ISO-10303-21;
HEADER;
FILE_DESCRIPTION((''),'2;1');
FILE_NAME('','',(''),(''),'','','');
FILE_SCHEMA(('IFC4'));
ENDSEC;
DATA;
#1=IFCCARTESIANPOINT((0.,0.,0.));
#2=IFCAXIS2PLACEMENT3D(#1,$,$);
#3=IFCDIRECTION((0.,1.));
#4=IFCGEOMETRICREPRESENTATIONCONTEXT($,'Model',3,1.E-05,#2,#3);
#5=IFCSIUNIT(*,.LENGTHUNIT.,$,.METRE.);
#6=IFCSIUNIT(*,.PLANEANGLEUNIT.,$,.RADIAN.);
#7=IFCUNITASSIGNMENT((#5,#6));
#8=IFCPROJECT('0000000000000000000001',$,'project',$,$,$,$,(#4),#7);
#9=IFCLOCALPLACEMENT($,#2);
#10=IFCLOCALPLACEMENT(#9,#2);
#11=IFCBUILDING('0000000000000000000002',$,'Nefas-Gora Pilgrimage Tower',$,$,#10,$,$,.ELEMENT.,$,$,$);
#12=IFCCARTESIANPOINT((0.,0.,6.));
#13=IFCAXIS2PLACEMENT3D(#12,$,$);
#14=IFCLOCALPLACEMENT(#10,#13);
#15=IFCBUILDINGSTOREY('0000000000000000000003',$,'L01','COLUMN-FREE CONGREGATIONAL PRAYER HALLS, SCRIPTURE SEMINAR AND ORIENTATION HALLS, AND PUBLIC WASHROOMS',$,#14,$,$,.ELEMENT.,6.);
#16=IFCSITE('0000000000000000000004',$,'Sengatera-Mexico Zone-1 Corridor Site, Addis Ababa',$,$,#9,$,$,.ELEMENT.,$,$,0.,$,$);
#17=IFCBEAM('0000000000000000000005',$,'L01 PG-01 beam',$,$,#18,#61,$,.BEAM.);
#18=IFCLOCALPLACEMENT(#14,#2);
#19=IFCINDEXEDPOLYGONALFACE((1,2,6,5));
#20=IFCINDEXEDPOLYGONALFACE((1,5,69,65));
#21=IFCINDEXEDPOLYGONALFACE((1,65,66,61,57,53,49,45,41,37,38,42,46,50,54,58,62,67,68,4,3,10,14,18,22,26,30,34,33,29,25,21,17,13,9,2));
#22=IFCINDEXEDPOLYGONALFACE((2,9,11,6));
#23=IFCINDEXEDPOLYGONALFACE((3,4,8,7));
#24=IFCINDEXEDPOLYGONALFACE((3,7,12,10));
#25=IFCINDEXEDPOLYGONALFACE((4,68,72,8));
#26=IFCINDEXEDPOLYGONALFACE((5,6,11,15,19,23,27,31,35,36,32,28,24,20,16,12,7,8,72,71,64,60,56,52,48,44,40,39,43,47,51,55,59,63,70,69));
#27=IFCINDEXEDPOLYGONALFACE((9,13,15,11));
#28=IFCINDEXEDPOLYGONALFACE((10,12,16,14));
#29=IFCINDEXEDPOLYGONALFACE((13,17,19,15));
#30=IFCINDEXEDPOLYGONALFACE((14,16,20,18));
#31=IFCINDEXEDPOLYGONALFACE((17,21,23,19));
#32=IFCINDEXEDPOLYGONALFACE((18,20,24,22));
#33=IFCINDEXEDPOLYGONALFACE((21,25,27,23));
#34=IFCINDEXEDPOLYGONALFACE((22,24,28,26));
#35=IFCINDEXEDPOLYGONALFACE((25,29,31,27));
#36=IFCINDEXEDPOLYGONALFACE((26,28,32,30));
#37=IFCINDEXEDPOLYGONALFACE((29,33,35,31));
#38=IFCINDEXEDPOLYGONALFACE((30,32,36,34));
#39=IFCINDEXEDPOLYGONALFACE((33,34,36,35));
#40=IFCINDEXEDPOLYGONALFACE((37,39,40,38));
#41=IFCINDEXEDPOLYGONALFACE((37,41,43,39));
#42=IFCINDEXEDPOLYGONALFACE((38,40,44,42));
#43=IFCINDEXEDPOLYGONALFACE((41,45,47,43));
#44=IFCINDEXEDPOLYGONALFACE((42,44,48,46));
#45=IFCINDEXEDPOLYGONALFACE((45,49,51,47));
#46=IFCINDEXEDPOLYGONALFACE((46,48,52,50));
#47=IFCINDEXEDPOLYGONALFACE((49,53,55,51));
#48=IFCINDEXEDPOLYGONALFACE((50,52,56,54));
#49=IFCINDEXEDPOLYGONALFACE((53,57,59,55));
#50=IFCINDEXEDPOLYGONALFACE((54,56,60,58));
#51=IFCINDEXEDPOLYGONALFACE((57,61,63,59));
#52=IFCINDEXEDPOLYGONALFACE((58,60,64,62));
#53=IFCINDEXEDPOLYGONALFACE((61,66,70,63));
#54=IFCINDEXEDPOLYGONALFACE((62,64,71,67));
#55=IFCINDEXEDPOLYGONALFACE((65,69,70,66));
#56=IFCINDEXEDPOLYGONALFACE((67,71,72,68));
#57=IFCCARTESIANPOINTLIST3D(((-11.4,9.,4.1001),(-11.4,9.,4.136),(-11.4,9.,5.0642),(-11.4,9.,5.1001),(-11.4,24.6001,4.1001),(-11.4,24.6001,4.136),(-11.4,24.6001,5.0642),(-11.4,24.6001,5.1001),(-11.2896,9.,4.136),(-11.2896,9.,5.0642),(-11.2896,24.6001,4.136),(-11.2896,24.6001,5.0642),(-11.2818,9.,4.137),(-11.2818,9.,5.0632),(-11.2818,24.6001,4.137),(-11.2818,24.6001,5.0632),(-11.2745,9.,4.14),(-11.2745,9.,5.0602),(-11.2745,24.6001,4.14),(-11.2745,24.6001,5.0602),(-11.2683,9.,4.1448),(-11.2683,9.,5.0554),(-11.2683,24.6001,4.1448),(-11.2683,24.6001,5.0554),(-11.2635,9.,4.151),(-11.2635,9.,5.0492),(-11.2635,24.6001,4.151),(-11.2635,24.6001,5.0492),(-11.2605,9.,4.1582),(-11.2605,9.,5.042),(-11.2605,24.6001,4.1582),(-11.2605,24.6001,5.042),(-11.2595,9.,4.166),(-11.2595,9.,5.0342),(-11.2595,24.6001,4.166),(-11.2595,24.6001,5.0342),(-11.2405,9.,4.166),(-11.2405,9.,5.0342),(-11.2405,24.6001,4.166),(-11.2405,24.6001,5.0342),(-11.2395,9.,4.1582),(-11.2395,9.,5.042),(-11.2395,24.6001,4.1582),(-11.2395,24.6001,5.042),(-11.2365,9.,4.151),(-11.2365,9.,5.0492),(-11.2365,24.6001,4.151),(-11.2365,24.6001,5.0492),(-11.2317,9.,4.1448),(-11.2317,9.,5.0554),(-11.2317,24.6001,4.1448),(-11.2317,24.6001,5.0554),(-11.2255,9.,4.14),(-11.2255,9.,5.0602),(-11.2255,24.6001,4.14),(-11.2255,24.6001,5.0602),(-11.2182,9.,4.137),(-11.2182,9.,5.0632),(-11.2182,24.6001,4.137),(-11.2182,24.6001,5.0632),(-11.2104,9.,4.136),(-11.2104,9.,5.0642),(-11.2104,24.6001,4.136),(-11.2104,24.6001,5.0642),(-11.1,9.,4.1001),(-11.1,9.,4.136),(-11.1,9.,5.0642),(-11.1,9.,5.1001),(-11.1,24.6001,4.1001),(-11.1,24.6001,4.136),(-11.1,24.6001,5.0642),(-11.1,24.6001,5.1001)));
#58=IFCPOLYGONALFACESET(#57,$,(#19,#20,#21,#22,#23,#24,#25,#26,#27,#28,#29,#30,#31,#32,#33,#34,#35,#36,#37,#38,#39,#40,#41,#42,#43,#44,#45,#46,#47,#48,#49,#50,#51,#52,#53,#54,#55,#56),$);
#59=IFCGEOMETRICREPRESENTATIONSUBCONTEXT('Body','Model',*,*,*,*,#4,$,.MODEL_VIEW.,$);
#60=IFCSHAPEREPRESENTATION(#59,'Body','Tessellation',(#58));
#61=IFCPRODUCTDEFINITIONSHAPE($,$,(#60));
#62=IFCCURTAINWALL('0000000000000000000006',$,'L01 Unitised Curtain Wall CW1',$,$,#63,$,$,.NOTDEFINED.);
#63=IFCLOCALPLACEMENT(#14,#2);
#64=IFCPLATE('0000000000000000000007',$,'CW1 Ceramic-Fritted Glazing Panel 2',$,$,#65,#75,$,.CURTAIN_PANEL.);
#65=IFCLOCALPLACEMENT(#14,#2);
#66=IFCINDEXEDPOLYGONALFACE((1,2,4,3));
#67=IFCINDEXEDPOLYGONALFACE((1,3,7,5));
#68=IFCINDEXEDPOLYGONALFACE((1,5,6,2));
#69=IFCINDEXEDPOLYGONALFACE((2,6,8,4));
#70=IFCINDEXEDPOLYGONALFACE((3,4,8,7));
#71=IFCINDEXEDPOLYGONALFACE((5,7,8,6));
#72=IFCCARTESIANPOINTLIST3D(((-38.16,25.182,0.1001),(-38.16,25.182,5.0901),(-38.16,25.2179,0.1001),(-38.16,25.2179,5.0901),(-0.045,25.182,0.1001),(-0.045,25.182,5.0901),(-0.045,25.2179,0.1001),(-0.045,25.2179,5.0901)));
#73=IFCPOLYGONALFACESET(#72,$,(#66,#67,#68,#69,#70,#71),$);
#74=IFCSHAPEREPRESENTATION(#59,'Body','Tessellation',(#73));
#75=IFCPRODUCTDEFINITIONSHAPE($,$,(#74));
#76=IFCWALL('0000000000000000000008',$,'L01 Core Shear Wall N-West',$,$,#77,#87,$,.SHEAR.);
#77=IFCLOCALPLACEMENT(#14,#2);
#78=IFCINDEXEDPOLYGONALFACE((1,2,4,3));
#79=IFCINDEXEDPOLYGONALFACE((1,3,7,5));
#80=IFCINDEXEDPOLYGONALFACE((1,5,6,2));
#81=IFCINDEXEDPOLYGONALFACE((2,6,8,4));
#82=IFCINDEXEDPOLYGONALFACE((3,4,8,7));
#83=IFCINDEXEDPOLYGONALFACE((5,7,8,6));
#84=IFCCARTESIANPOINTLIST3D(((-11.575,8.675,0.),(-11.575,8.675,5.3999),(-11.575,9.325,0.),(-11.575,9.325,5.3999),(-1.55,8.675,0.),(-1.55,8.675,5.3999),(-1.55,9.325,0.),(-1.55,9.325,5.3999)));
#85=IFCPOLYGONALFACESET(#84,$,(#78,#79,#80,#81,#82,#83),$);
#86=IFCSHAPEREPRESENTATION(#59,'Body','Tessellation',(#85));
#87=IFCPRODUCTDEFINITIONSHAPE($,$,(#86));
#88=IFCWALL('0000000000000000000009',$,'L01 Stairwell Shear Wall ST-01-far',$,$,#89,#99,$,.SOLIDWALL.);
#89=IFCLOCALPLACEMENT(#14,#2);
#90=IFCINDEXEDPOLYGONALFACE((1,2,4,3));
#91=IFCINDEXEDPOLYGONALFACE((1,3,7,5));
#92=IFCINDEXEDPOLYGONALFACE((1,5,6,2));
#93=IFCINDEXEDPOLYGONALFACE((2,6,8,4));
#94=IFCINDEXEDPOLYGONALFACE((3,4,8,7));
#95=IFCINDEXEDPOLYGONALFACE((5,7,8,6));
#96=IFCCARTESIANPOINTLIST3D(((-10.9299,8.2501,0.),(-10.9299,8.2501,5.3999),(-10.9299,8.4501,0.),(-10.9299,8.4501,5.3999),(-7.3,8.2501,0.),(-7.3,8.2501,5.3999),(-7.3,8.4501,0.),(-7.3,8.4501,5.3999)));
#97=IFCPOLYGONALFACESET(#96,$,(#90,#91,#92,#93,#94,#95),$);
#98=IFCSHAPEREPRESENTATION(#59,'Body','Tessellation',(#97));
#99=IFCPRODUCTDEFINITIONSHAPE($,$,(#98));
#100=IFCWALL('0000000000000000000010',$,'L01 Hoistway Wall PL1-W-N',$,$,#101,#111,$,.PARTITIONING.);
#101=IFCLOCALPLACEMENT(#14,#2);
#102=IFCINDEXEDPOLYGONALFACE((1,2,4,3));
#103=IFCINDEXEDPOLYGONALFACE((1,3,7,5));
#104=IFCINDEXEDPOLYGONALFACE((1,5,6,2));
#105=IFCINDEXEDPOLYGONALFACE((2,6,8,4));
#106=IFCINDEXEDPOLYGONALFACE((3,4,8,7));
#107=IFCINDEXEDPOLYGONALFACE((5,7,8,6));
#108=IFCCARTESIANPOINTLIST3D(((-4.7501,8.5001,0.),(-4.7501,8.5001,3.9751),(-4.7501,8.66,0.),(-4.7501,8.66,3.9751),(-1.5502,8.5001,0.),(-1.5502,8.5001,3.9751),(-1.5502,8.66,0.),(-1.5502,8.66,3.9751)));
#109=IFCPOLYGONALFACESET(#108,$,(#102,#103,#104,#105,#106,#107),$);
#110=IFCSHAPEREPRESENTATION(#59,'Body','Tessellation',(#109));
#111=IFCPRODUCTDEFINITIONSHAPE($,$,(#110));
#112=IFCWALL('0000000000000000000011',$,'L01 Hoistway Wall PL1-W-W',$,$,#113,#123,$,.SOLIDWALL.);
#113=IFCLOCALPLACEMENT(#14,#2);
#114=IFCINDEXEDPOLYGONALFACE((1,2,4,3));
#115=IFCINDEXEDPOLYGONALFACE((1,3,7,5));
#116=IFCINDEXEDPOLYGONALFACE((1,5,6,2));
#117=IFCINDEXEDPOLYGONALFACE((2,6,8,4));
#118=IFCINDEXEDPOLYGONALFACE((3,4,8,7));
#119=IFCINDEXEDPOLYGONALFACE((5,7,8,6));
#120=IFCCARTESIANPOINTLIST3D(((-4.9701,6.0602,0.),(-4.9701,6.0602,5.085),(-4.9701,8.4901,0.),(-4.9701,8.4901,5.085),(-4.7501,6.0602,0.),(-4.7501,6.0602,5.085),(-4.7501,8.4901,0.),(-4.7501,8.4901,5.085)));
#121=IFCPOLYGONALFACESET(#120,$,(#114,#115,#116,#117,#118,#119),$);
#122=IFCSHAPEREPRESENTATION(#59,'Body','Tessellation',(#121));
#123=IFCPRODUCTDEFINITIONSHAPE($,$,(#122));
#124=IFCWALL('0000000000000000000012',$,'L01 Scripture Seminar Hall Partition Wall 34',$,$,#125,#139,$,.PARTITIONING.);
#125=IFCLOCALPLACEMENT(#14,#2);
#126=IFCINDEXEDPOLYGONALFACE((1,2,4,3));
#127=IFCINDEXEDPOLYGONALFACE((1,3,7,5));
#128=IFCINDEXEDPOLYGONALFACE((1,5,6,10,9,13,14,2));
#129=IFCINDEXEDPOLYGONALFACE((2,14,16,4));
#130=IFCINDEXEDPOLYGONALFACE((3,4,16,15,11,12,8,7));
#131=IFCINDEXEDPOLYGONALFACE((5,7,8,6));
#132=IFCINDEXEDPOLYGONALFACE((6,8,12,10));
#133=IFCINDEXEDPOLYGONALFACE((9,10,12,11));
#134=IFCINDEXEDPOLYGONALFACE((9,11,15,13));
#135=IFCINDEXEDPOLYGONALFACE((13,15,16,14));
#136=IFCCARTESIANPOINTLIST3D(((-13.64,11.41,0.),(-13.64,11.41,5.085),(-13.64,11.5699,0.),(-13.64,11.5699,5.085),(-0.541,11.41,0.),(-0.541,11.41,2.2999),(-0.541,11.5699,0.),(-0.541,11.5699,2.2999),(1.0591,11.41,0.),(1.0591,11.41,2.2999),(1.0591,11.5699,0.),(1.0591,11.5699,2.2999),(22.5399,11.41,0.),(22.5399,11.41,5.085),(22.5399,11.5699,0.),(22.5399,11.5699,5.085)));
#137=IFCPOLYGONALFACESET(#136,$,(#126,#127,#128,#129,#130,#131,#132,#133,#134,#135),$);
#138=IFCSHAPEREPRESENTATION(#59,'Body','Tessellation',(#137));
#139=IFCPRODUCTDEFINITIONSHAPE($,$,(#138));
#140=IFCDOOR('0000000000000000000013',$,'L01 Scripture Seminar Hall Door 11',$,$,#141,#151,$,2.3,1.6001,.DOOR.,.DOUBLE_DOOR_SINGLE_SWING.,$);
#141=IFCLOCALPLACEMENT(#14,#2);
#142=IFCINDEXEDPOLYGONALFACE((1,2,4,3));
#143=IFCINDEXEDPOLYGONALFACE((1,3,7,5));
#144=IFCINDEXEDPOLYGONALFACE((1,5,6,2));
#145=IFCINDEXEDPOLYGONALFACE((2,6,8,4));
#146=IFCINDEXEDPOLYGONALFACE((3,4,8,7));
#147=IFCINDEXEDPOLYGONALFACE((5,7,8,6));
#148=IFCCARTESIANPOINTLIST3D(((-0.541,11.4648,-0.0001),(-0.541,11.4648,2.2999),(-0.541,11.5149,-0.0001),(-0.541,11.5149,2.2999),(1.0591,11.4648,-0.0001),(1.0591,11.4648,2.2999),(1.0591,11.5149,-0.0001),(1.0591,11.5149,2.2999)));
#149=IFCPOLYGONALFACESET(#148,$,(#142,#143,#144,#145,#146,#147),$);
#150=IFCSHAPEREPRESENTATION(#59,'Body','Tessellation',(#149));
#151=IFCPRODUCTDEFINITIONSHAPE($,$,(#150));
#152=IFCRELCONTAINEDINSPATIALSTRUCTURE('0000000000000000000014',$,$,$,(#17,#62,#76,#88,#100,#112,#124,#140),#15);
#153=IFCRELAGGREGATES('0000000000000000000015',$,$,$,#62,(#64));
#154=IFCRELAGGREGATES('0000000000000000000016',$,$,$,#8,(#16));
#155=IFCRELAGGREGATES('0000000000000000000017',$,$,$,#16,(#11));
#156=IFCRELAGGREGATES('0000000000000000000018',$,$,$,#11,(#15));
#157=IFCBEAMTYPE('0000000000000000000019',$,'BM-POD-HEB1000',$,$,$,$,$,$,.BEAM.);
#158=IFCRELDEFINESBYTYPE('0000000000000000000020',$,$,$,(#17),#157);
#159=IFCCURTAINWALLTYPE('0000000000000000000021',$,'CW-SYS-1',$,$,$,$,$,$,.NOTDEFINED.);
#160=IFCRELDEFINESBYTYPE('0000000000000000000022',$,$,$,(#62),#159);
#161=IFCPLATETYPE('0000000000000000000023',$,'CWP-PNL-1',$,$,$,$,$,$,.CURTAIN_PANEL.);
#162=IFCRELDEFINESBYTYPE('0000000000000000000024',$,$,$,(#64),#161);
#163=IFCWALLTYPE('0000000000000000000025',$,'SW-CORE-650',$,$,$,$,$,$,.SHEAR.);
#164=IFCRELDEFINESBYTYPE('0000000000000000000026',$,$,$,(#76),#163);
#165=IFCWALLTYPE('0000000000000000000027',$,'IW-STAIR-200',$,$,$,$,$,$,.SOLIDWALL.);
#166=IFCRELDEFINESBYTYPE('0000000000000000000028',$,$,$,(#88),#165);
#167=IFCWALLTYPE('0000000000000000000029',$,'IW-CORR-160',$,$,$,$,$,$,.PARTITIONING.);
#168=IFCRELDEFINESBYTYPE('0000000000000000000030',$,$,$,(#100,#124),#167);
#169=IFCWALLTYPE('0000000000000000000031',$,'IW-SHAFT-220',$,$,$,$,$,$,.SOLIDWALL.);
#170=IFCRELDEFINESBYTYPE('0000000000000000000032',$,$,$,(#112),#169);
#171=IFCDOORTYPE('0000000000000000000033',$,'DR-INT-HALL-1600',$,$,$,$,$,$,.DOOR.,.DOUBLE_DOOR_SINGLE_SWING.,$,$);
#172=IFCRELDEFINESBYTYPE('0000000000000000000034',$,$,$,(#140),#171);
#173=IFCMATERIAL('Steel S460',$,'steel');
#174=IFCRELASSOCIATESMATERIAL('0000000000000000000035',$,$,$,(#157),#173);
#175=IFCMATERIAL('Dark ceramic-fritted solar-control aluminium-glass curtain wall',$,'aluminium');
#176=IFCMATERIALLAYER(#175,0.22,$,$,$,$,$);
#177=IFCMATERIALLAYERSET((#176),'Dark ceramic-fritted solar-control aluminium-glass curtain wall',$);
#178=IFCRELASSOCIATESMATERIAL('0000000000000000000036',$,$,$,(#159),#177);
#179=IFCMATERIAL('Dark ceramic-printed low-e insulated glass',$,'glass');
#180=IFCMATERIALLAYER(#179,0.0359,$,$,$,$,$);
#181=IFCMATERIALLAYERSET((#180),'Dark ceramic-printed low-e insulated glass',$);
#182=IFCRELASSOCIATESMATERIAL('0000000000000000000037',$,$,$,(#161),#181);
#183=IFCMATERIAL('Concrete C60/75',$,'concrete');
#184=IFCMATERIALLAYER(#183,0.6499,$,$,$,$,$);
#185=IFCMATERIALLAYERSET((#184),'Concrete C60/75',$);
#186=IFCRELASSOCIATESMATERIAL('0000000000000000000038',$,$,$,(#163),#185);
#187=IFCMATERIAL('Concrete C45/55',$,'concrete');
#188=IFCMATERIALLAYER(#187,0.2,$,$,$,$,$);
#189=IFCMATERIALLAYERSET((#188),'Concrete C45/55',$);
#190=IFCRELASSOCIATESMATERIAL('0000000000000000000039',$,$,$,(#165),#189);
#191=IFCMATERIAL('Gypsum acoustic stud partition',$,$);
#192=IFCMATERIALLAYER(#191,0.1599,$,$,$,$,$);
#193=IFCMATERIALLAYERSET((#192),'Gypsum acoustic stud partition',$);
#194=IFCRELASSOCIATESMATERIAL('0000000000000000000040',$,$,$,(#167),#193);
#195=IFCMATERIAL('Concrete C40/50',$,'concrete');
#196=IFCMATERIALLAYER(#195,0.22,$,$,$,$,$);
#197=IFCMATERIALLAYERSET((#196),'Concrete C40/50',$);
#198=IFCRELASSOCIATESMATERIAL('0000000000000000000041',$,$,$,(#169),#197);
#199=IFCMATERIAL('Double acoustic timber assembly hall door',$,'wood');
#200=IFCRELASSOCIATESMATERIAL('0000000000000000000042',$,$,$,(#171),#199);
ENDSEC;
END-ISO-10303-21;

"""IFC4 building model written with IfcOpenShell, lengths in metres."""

from ifc_helpers import new_model, si_unit, direction, frame, frame_2d, origin, origin_2d, place, context, subcontext, project, spatial, rectangle, i_section, extrude, source, transform, mapped, material, layer, layer_set, material_profile, profile_set, type_object, element, fill, aggregate, save


model = new_model("IFC4")

# Units and contexts
model_context = context("Model", 3, precision=1e-05, world=origin(), true_north=direction((0.0, 1.0)))
body_context = subcontext(model_context, "Body", "Model", "MODEL_VIEW")
ifc_project = project(units=[si_unit("LENGTHUNIT", "METRE"), si_unit("PLANEANGLEUNIT", "RADIAN")], contexts=[model_context])

# Site, building, storey
site_placement = place(None, origin())
site = spatial("IfcSite", under=ifc_project, at=site_placement, Name="Sengatera-Mexico Zone-1 Corridor Site, Addis Ababa", CompositionType="ELEMENT", RefElevation=0.0)
building_placement = place(site_placement, origin())
building = spatial("IfcBuilding", under=site, at=building_placement, Name="Nefas-Gora Pilgrimage Tower", CompositionType="ELEMENT")
storey_placement = place(building_placement, frame((0.0, 0.0, 6.0)))
storey = spatial("IfcBuildingStorey", under=building, at=storey_placement, Name="L01", Description="COLUMN-FREE CONGREGATIONAL PRAYER HALLS, SCRIPTURE SEMINAR AND ORIENTATION HALLS, AND PUBLIC WASHROOMS", CompositionType="ELEMENT", Elevation=6.0)

# Shared definitions
ifc_material_1 = material(Name="Steel S460", Category="steel")

# Beam
ifc_material_2 = material(Name="Concrete C60/75", Category="concrete")
ifc_material_profile_1 = material_profile(ifc_material_1, i_section(OverallWidth=0.3, OverallDepth=1.0, WebThickness=0.019, FlangeThickness=0.0359, FilletRadius=0.03, at=origin_2d()), Name="HEB 1000")
ifc_profile_set_1 = profile_set([ifc_material_profile_1], Name="Steel S460")
beam_type_1 = type_object("IfcBeamType", Name="BM-POD-HEB1000", PredefinedType="BEAM", material=ifc_profile_set_1)
shared_shape_1 = source(origin(), body_context, "Body", "SweptSolid", [
    extrude(i_section(OverallWidth=0.3, OverallDepth=1.0, WebThickness=0.019, FlangeThickness=0.0359, FilletRadius=0.03, at=origin_2d()), origin(), (0.0, 0.0, 1.0), 15.6001),
])
beam_1_placement = place(storey_placement, frame((-11.25, 9.0, 4.6001), z_axis=(0.0, 1.0, 0.0), x_axis=(-1.0, 0.0, 0.0)))
element("IfcBeam", 1, at=beam_1_placement, inside=storey, type_object=beam_type_1, Name="L01 PG-01 beam", PredefinedType="BEAM", context=body_context, shape_type="MappedRepresentation", body=[
    mapped(shared_shape_1, transform((0.0, 0.0, 0.0), x_axis=(1.0, 0.0, 0.0), y_axis=(0.0, 1.0, 0.0), z_axis=(0.0, 0.0, 1.0), scale=1.0)),
])

# Curtain wall, plate
ifc_material_3 = material(Name="Dark ceramic-fritted solar-control aluminium-glass curtain wall", Category="aluminium")
ifc_layer_1 = layer(ifc_material_3, 0.22)
ifc_layer_set_1 = layer_set([ifc_layer_1], Name="Dark ceramic-fritted solar-control aluminium-glass curtain wall")
curtain_wall_type = type_object("IfcCurtainWallType", Name="CW-SYS-1", PredefinedType="NOTDEFINED", material=ifc_layer_set_1)
curtain_wall_placement = place(storey_placement, origin())
curtain_wall = element("IfcCurtainWall", 2, at=curtain_wall_placement, inside=storey, type_object=curtain_wall_type, Name="L01 Unitised Curtain Wall CW1", PredefinedType="NOTDEFINED")
ifc_material_4 = material(Name="Dark ceramic-printed low-e insulated glass", Category="glass")
ifc_layer_2 = layer(ifc_material_4, 0.0359)
ifc_layer_set_2 = layer_set([ifc_layer_2], Name="Dark ceramic-printed low-e insulated glass")
plate_type = type_object("IfcPlateType", Name="CWP-PNL-1", PredefinedType="CURTAIN_PANEL", material=ifc_layer_set_2)
shared_shape_2 = source(origin(), body_context, "Body", "SweptSolid", [
    extrude(rectangle(XDim=38.115, YDim=0.0359, at=origin_2d()), origin(), (0.0, 0.0, 1.0), 4.99),
])
plate_placement = place(storey_placement, frame((-19.1025, 25.2, 0.1001), z_axis=(0.0, 0.0, 1.0), x_axis=(-1.0, 0.0, 0.0)))
plate = element("IfcPlate", 3, at=plate_placement, type_object=plate_type, Name="CW1 Ceramic-Fritted Glazing Panel 2", PredefinedType="CURTAIN_PANEL", context=body_context, shape_type="MappedRepresentation", body=[
    mapped(shared_shape_2, transform((0.0, 0.0, 0.0), x_axis=(1.0, 0.0, 0.0), y_axis=(0.0, 1.0, 0.0), z_axis=(0.0, 0.0, 1.0), scale=1.0)),
])
aggregate(curtain_wall, [plate])

# Walls
ifc_layer_3 = layer(ifc_material_2, 0.6499)
ifc_layer_set_3 = layer_set([ifc_layer_3], Name="Concrete C60/75")
wall_type_1 = type_object("IfcWallType", Name="SW-CORE-650", PredefinedType="SHEAR", material=ifc_layer_set_3)
shared_shape_3 = source(origin(), body_context, "Body", "SweptSolid", [
    extrude(rectangle(XDim=10.0249, YDim=0.6499, at=frame_2d((5.0125, 0.0))), origin(), (0.0, 0.0, 1.0), 5.3999),
])
wall_1_placement = place(storey_placement, frame((-11.575, 9.0, 0.0), z_axis=(0.0, 0.0, 1.0), x_axis=(1.0, 0.0, 0.0)))
element("IfcWall", 4, at=wall_1_placement, inside=storey, type_object=wall_type_1, Name="L01 Core Shear Wall N-West", PredefinedType="SHEAR", context=body_context, shape_type="MappedRepresentation", body=[
    mapped(shared_shape_3, transform((0.0, 0.0, 0.0), x_axis=(1.0, 0.0, 0.0), y_axis=(0.0, 1.0, 0.0), z_axis=(0.0, 0.0, 1.0), scale=1.0)),
])
ifc_material_5 = material(Name="Concrete C45/55", Category="concrete")
ifc_layer_4 = layer(ifc_material_5, 0.2)
ifc_layer_set_4 = layer_set([ifc_layer_4], Name="Concrete C45/55")
wall_type_2 = type_object("IfcWallType", Name="IW-STAIR-200", PredefinedType="SOLIDWALL", material=ifc_layer_set_4)
shared_shape_4 = source(origin(), body_context, "Body", "SweptSolid", [
    extrude(rectangle(XDim=3.6299, YDim=0.2, at=frame_2d((1.8149, 0.0))), origin(), (0.0, 0.0, 1.0), 5.3999),
])
wall_2_placement = place(storey_placement, frame((-7.3, 8.3501, 0.0), z_axis=(0.0, 0.0, 1.0), x_axis=(-1.0, 0.0, 0.0)))
element("IfcWall", 5, at=wall_2_placement, inside=storey, type_object=wall_type_2, Name="L01 Stairwell Shear Wall ST-01-far", PredefinedType="SOLIDWALL", context=body_context, shape_type="MappedRepresentation", body=[
    mapped(shared_shape_4, transform((0.0, 0.0, 0.0), x_axis=(1.0, 0.0, 0.0), y_axis=(0.0, 1.0, 0.0), z_axis=(0.0, 0.0, 1.0), scale=1.0)),
])
ifc_material_6 = material(Name="Gypsum acoustic stud partition")
ifc_layer_5 = layer(ifc_material_6, 0.1599)
ifc_layer_set_5 = layer_set([ifc_layer_5], Name="Gypsum acoustic stud partition")
wall_type_3 = type_object("IfcWallType", Name="IW-CORR-160", PredefinedType="PARTITIONING", material=ifc_layer_set_5)
shared_shape_5 = source(origin(), body_context, "Body", "SweptSolid", [
    extrude(rectangle(XDim=3.2, YDim=0.1599, at=frame_2d((1.6001, 0.0))), origin(), (0.0, 0.0, 1.0), 3.9751),
])
wall_3_placement = place(storey_placement, frame((-1.55, 8.5801, 0.0), z_axis=(0.0, 0.0, 1.0), x_axis=(-1.0, 0.0, 0.0)))
element("IfcWall", 6, at=wall_3_placement, inside=storey, type_object=wall_type_3, Name="L01 Hoistway Wall PL1-W-N", PredefinedType="PARTITIONING", context=body_context, shape_type="MappedRepresentation", body=[
    mapped(shared_shape_5, transform((0.0, 0.0, 0.0), x_axis=(1.0, 0.0, 0.0), y_axis=(0.0, 1.0, 0.0), z_axis=(0.0, 0.0, 1.0), scale=1.0)),
])
ifc_material_7 = material(Name="Concrete C40/50", Category="concrete")
ifc_layer_6 = layer(ifc_material_7, 0.22)
ifc_layer_set_6 = layer_set([ifc_layer_6], Name="Concrete C40/50")
wall_type_4 = type_object("IfcWallType", Name="IW-SHAFT-220", PredefinedType="SOLIDWALL", material=ifc_layer_set_6)
shared_shape_6 = source(origin(), body_context, "Body", "SweptSolid", [
    extrude(rectangle(XDim=2.4299, YDim=0.22, at=frame_2d((1.2148, 0.0))), origin(), (0.0, 0.0, 1.0), 5.085),
])
wall_4_placement = place(storey_placement, frame((-4.8601, 8.49, 0.0), z_axis=(0.0, 0.0, 1.0), x_axis=(0.0, -1.0, 0.0)))
element("IfcWall", 7, at=wall_4_placement, inside=storey, type_object=wall_type_4, Name="L01 Hoistway Wall PL1-W-W", PredefinedType="SOLIDWALL", context=body_context, shape_type="MappedRepresentation", body=[
    mapped(shared_shape_6, transform((0.0, 0.0, 0.0), x_axis=(1.0, 0.0, 0.0), y_axis=(0.0, 1.0, 0.0), z_axis=(0.0, 0.0, 1.0), scale=1.0)),
])

# Wall, opening, door
shared_shape_7 = source(origin(), body_context, "Body", "SweptSolid", [
    extrude(rectangle(XDim=36.1799, YDim=0.1599, at=frame_2d((18.0898, 0.0))), origin(), (0.0, 0.0, 1.0), 5.085),
])
wall_5_placement = place(storey_placement, frame((-13.6399, 11.49, 0.0), z_axis=(0.0, 0.0, 1.0), x_axis=(1.0, 0.0, 0.0)))
wall_5 = element("IfcWall", 8, at=wall_5_placement, inside=storey, type_object=wall_type_3, Name="L01 Scripture Seminar Hall Partition Wall 34", PredefinedType="PARTITIONING", context=body_context, shape_type="MappedRepresentation", body=[
    mapped(shared_shape_7, transform((0.0, 0.0, 0.0), x_axis=(1.0, 0.0, 0.0), y_axis=(0.0, 1.0, 0.0), z_axis=(0.0, 0.0, 1.0), scale=1.0)),
])
opening_placement = place(wall_5_placement, frame((13.0989, 0.0, 0.0)))
opening = element("IfcOpeningElement", 9, at=opening_placement, cuts=wall_5, PredefinedType="OPENING", context=body_context, shape_type="SweptSolid", body=[
    extrude(rectangle(XDim=1.6001, YDim=2.3, at=frame_2d((0.8, 1.1499))), frame((0.0, 0.0898, 0.0), z_axis=(0.0, -1.0, 0.0), x_axis=(1.0, 0.0, 0.0)), (0.0, 0.0, 1.0), 0.1799),
])
ifc_material_8 = material(Name="Double acoustic timber assembly hall door", Category="wood")
door_type = type_object("IfcDoorType", Name="DR-INT-HALL-1600", OperationType="DOUBLE_DOOR_SINGLE_SWING", PredefinedType="DOOR", material=ifc_material_8)
shared_shape_8 = source(origin(), body_context, "Body", "SweptSolid", [
    extrude(rectangle(XDim=1.6001, YDim=2.3, at=frame_2d((0.8, 1.1499))), frame((0.0, 0.0249, 0.0), z_axis=(0.0, -1.0, 0.0), x_axis=(1.0, 0.0, 0.0)), (0.0, 0.0, 1.0), 0.05),
])
door_placement = place(opening_placement, origin())
door = element("IfcDoor", 10, at=door_placement, inside=storey, type_object=door_type, Name="L01 Scripture Seminar Hall Door 11", OperationType="DOUBLE_DOOR_SINGLE_SWING", OverallHeight=2.3, OverallWidth=1.6001, PredefinedType="DOOR", context=body_context, shape_type="MappedRepresentation", body=[
    mapped(shared_shape_8, transform((0.0, 0.0, 0.0), x_axis=(1.0, 0.0, 0.0), y_axis=(0.0, 1.0, 0.0), z_axis=(0.0, 0.0, 1.0), scale=1.0)),
])
fill(opening, door)

save(model, "model.ifc")
